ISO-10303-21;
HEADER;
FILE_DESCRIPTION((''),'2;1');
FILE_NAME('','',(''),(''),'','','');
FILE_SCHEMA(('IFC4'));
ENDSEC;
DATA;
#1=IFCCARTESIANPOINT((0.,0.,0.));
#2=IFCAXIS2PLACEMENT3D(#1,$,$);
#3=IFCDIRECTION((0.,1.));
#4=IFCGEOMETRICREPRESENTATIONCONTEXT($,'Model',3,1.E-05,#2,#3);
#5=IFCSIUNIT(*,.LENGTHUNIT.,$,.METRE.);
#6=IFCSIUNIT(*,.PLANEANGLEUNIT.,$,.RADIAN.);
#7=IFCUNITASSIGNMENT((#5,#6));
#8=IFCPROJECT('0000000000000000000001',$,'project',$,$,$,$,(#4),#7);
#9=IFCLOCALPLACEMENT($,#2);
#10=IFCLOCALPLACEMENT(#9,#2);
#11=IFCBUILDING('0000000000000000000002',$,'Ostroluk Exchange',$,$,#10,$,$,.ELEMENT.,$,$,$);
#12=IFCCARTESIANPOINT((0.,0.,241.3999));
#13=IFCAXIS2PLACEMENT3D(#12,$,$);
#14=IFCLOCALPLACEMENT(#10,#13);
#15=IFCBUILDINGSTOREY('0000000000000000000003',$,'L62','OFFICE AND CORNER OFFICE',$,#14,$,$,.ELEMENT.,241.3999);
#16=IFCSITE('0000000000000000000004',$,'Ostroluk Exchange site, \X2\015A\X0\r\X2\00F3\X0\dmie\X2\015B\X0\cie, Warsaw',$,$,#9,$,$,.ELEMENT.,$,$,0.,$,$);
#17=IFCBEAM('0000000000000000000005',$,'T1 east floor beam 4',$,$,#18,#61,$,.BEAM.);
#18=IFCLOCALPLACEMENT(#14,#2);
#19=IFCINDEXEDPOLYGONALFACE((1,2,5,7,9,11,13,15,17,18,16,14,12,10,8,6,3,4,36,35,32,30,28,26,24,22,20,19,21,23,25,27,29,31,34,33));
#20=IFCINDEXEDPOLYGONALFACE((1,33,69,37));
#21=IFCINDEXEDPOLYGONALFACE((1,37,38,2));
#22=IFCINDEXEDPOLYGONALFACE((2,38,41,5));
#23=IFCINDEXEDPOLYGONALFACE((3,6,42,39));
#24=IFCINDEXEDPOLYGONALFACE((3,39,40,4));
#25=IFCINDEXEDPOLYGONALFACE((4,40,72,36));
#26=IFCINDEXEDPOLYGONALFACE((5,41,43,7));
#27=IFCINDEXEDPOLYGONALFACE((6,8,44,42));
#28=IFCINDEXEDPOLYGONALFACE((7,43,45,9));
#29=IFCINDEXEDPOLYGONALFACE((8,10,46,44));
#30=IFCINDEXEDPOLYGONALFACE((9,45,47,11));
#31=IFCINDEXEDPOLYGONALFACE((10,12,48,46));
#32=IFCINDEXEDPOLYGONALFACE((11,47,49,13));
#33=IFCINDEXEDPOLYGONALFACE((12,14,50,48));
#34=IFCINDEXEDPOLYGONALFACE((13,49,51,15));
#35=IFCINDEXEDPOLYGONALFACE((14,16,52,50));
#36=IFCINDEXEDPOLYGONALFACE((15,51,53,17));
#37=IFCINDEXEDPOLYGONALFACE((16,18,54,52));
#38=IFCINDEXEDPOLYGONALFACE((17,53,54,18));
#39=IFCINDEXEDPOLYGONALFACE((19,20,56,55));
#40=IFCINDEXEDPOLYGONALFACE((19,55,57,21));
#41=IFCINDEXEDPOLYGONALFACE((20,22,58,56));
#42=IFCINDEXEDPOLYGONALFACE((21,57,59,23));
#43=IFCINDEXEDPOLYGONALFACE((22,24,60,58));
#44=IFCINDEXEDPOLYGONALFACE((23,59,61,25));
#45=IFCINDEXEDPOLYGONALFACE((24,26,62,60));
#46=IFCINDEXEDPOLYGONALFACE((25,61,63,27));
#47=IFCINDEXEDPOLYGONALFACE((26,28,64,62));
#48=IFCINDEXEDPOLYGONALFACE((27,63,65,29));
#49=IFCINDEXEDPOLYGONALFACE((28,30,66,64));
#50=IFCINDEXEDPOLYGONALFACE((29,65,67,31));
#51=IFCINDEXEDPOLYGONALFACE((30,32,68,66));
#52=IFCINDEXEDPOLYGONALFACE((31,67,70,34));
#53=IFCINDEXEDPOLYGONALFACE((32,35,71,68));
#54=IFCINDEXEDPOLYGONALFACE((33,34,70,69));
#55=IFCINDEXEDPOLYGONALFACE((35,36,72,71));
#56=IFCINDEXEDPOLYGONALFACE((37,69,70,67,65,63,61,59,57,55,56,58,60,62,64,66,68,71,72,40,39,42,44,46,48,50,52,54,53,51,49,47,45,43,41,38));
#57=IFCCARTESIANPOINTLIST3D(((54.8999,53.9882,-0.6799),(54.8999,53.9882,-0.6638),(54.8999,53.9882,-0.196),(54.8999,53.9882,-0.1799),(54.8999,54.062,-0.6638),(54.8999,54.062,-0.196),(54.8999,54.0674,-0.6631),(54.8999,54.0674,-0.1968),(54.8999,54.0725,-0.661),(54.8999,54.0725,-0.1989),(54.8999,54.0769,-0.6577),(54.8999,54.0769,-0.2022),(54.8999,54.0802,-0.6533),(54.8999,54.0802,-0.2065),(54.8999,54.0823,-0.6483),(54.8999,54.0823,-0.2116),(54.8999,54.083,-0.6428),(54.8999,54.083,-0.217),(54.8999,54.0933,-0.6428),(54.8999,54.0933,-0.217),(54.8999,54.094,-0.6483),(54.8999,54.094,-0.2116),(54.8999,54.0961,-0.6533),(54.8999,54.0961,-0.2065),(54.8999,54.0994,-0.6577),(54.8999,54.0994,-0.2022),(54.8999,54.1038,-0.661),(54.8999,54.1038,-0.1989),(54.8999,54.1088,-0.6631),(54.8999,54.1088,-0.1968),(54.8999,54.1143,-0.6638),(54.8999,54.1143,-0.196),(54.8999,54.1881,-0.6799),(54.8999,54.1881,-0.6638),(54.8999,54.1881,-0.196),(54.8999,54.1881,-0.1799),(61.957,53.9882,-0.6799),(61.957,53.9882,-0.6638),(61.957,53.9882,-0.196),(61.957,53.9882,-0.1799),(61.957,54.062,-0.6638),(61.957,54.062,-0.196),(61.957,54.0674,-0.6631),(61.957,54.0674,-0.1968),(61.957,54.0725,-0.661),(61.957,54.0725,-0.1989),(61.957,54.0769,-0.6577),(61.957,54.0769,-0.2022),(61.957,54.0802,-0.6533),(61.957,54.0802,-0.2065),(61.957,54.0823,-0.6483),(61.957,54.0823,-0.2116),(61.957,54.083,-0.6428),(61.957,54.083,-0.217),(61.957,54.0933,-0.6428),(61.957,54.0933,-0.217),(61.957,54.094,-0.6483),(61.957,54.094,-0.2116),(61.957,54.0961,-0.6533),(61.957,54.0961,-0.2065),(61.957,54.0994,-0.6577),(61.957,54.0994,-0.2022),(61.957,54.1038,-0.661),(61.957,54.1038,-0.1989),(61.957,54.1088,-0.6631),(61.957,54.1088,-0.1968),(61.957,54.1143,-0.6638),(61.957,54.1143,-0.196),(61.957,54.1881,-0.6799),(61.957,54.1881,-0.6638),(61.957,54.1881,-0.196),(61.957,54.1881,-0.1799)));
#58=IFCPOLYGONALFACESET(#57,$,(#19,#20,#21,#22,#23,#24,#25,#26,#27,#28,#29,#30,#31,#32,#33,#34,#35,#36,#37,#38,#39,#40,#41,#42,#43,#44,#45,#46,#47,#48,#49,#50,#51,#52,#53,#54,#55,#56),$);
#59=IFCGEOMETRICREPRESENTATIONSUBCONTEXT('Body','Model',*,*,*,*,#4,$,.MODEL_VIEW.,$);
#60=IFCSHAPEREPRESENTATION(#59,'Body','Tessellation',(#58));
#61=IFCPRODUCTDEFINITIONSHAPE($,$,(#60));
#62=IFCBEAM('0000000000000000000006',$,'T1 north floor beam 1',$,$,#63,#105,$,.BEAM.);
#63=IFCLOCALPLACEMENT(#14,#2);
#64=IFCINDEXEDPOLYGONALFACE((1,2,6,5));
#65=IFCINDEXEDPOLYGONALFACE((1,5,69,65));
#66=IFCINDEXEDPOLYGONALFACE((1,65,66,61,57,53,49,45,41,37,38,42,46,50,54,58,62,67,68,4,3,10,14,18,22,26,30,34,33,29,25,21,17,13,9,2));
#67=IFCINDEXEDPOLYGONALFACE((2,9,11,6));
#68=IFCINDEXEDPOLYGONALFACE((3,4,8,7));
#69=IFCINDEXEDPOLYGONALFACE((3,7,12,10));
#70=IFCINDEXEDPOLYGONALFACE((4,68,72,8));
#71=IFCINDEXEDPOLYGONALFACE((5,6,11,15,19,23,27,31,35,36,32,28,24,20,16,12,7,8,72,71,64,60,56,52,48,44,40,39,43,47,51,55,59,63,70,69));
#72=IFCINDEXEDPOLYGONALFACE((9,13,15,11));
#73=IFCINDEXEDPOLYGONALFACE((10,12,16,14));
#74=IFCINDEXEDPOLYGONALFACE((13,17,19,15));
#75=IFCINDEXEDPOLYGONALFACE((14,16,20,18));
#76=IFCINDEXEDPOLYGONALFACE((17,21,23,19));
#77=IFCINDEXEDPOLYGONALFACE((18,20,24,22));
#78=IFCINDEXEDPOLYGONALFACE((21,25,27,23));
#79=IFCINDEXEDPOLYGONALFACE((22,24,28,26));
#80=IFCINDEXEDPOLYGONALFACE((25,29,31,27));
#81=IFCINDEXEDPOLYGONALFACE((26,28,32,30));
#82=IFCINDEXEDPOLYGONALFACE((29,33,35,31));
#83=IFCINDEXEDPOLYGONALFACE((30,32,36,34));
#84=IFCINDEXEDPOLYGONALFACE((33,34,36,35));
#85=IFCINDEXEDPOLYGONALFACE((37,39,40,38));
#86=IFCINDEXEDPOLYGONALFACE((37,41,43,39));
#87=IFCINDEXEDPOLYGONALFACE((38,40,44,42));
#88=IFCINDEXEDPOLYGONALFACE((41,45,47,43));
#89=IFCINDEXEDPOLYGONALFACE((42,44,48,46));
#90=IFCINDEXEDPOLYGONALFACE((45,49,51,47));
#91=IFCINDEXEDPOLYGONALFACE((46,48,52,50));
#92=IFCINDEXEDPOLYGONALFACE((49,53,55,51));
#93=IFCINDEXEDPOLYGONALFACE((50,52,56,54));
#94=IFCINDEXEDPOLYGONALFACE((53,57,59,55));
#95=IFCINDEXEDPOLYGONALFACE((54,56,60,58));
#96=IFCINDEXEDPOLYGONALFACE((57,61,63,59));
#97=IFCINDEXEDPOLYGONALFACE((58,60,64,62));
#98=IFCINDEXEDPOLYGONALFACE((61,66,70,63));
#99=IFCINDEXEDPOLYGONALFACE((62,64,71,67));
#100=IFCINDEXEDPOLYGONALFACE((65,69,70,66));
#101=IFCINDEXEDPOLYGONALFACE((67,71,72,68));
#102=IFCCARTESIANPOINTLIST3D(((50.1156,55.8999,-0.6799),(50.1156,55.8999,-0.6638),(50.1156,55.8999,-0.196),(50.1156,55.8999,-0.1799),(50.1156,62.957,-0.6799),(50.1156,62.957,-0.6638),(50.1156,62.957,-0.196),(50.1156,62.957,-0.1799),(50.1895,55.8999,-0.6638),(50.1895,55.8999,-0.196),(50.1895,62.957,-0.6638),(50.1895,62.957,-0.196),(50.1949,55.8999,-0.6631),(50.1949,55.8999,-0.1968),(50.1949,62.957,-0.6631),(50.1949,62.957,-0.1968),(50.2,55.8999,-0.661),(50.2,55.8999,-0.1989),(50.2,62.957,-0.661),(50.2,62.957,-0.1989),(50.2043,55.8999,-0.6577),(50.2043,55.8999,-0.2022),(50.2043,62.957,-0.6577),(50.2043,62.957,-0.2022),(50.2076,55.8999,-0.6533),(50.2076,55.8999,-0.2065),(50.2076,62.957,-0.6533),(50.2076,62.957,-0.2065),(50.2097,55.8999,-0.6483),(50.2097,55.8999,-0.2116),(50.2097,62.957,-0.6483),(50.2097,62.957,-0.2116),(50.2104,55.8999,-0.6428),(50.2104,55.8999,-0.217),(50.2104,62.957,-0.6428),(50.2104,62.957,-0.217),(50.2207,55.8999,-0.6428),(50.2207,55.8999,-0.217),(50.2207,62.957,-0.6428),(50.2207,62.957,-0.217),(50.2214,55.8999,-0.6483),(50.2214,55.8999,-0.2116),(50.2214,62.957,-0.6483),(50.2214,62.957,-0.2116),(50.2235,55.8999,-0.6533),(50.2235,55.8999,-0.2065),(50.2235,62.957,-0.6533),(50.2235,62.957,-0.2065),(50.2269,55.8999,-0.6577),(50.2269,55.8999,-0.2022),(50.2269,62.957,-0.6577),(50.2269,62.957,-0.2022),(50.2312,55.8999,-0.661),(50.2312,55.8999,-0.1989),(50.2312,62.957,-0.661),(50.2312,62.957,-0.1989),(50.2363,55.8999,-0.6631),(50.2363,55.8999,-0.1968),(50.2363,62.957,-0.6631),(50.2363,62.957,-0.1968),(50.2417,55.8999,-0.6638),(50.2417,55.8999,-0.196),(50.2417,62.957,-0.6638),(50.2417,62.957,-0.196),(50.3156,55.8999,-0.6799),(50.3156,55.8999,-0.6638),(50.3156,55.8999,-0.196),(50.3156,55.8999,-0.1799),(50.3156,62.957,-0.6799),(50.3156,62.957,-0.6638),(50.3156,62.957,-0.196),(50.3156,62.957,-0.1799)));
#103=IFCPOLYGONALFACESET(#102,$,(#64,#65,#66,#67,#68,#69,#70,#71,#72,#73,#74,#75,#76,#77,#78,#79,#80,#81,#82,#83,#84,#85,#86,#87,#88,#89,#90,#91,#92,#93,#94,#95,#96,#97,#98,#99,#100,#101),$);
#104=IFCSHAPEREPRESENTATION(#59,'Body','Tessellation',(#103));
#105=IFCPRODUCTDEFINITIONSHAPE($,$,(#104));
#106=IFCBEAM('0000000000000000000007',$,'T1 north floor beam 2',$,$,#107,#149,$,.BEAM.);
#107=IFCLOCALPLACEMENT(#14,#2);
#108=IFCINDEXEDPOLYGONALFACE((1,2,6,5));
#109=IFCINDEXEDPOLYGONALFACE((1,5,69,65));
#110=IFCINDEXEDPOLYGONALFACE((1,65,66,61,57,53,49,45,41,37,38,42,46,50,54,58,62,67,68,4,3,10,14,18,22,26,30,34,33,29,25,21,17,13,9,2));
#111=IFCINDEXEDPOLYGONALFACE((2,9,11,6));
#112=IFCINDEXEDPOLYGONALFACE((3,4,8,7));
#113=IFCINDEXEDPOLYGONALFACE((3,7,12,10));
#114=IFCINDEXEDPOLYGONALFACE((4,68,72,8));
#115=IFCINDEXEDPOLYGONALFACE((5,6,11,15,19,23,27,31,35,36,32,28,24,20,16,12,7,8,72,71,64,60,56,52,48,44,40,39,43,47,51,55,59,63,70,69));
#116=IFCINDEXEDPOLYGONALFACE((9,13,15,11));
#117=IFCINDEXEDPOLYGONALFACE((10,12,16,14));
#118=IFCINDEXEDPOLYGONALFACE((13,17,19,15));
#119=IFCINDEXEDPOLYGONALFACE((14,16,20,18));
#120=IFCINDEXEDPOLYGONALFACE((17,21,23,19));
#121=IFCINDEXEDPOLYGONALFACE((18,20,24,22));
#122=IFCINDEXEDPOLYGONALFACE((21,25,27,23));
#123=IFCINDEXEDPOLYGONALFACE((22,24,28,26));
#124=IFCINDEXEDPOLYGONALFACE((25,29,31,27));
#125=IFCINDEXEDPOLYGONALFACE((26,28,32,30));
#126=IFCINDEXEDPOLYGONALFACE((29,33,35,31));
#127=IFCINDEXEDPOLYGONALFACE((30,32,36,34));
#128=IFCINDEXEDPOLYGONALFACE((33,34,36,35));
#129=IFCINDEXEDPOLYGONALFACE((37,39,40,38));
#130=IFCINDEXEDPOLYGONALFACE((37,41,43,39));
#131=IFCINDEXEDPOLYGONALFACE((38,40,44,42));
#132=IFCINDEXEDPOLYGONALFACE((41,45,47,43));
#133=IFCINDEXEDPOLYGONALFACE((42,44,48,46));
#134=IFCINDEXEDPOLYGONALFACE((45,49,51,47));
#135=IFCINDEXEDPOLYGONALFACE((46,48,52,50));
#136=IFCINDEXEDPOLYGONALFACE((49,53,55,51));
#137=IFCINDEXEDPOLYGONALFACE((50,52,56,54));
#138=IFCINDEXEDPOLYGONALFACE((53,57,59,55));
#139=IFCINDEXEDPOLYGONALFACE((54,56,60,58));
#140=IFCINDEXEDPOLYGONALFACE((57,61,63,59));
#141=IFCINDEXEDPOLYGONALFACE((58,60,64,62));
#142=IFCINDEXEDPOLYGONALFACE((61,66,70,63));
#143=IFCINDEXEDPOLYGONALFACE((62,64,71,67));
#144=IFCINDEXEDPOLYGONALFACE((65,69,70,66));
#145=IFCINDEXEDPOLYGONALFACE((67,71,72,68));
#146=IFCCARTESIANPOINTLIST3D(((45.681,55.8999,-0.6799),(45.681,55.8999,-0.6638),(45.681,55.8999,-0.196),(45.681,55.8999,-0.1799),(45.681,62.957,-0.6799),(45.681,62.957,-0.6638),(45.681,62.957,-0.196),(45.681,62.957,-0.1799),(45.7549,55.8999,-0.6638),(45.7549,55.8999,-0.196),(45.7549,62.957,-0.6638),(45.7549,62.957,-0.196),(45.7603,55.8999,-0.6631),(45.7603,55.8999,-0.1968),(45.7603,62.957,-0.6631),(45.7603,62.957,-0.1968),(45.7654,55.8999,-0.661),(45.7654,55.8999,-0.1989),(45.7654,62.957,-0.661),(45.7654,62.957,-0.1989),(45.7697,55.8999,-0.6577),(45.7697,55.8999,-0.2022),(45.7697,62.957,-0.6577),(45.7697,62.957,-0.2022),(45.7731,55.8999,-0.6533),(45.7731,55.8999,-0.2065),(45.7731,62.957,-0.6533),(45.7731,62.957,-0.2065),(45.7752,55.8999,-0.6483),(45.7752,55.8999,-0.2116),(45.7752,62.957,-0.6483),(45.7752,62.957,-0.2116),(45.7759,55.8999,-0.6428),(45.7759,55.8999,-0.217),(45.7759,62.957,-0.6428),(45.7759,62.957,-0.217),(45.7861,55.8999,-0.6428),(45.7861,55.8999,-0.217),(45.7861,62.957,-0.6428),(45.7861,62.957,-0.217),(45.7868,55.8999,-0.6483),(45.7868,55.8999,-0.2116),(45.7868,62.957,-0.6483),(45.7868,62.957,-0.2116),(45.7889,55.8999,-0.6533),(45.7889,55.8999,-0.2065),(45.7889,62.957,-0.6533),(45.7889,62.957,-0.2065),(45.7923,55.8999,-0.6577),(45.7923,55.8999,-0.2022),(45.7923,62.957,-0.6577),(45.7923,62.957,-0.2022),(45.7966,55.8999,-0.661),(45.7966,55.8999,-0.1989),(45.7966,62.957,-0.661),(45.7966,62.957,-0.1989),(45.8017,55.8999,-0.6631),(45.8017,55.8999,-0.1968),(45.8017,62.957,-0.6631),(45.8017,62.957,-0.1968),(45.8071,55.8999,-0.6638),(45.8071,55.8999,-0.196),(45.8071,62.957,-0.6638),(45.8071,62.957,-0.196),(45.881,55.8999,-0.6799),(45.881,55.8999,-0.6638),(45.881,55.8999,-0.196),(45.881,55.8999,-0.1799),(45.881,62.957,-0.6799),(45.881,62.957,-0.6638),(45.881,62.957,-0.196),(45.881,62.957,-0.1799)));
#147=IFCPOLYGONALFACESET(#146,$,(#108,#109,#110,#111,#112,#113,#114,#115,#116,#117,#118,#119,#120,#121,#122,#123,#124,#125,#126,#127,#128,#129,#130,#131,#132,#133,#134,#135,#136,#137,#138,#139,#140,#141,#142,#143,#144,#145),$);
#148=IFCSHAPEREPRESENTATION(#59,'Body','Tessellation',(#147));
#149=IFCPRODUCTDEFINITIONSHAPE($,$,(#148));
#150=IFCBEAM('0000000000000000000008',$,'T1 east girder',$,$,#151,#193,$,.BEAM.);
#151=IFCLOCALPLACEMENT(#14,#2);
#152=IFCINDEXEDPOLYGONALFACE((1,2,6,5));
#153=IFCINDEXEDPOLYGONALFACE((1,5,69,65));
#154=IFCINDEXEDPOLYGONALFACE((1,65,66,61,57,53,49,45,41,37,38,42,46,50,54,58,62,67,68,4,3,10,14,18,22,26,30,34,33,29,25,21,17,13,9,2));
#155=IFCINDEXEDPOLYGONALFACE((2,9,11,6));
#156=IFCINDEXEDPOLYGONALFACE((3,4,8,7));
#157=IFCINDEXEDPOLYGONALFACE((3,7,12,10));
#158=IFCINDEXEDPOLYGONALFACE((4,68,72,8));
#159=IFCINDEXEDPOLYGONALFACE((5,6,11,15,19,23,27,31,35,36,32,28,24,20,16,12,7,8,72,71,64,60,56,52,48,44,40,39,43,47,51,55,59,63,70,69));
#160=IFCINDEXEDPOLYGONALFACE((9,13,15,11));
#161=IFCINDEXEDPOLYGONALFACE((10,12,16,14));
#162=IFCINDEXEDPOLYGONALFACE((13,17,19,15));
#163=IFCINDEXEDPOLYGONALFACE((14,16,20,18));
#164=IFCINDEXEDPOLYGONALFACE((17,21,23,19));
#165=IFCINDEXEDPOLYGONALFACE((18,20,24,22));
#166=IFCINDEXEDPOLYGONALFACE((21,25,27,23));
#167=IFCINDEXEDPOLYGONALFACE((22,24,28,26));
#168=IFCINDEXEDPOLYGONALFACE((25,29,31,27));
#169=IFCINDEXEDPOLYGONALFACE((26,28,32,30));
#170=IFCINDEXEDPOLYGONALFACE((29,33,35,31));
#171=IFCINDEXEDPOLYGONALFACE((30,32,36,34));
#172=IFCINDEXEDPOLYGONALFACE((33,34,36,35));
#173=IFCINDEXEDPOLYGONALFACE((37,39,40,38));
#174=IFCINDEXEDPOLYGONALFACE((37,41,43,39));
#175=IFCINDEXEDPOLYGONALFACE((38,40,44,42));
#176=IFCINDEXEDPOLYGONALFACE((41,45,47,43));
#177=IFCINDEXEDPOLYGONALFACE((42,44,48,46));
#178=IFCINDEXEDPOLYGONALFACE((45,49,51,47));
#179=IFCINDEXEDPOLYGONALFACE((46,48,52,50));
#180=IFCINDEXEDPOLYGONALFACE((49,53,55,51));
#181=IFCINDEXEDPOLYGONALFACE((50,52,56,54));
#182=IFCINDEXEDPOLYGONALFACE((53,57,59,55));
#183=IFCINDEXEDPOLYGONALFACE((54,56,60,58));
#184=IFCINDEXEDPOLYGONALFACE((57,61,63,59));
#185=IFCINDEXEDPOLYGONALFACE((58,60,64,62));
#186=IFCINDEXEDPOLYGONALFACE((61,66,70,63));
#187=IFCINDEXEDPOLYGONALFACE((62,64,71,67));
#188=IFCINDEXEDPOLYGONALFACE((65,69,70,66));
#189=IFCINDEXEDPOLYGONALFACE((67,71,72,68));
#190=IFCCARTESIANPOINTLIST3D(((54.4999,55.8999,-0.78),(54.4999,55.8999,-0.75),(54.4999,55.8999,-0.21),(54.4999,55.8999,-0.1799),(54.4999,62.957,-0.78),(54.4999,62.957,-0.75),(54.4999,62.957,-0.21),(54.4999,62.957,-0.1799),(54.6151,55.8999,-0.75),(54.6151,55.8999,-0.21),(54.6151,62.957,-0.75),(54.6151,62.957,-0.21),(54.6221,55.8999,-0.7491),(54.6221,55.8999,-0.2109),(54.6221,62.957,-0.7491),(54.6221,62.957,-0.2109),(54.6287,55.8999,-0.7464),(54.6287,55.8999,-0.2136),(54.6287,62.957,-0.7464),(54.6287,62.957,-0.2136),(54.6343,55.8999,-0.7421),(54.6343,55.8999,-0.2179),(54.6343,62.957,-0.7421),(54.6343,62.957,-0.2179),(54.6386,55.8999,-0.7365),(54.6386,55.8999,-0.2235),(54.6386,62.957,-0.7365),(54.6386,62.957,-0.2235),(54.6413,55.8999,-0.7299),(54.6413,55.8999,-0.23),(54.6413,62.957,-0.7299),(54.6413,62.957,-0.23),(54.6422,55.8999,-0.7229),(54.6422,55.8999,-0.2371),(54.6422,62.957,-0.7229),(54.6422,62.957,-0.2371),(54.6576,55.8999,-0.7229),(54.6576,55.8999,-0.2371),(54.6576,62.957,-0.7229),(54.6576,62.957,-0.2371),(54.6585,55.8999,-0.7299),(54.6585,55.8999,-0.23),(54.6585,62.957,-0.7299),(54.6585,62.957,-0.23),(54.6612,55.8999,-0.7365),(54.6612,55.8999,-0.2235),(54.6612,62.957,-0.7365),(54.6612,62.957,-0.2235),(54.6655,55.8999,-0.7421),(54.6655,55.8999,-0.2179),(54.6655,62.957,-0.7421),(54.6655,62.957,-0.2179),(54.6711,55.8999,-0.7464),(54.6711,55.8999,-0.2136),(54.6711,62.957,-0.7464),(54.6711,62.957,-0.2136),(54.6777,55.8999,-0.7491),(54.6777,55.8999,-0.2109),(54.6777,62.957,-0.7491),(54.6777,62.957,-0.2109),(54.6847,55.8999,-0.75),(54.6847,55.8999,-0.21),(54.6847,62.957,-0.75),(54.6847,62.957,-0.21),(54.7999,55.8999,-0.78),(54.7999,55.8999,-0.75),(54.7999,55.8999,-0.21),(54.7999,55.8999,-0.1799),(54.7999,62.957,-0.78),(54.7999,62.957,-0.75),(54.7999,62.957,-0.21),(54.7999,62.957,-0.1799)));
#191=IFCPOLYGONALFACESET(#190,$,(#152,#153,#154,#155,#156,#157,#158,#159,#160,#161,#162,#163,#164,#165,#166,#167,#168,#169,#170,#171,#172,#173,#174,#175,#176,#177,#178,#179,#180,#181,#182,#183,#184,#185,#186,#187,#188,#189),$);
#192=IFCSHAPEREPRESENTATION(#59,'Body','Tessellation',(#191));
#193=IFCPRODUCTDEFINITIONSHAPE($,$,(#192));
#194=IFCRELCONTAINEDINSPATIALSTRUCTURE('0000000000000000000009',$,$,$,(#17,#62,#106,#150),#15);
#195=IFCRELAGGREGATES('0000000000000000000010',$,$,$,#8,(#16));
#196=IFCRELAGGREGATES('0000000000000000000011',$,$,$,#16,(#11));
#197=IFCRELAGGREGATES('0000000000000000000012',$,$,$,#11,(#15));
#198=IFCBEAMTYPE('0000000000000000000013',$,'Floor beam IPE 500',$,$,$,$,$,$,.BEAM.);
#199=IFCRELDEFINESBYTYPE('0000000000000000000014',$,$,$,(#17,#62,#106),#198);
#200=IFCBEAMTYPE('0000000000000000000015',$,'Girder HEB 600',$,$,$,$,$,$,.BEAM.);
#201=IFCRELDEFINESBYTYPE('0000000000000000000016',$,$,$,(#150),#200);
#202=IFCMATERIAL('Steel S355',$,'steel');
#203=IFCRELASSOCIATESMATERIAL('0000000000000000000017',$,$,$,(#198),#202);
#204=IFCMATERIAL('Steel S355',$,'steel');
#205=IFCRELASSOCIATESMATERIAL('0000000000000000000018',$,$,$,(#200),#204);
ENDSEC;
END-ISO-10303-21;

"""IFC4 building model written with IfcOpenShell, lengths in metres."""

from ifc_helpers import new_model, si_unit, direction, frame, origin, origin_2d, place, context, subcontext, project, spatial, i_section, extrude, material, material_profile, profile_set, type_object, element, save


model = new_model("IFC4")

# Units and contexts
model_context = context("Model", 3, precision=1e-05, world=origin(), true_north=direction((0.0, 1.0)))
body_context = subcontext(model_context, "Body", "Model", "MODEL_VIEW")
ifc_project = project(units=[si_unit("LENGTHUNIT", "METRE"), si_unit("PLANEANGLEUNIT", "RADIAN")], contexts=[model_context])

# Site, building, storey
site_placement = place(None, origin())
site = spatial("IfcSite", under=ifc_project, at=site_placement, Name="Ostroluk Exchange site, Śródmieście, Warsaw", CompositionType="ELEMENT", RefElevation=0.0)
building_placement = place(site_placement, origin())
building = spatial("IfcBuilding", under=site, at=building_placement, Name="Ostroluk Exchange", CompositionType="ELEMENT")
storey_placement = place(building_placement, frame((0.0, 0.0, 241.3999)))
storey = spatial("IfcBuildingStorey", under=building, at=storey_placement, Name="L62", Description="OFFICE AND CORNER OFFICE", CompositionType="ELEMENT", Elevation=241.3999)

# Beams
ifc_material_1 = material(Name="Steel S355", Category="steel")
ifc_material_profile_1 = material_profile(ifc_material_1, i_section(OverallWidth=0.2, OverallDepth=0.5, WebThickness=0.0103, FlangeThickness=0.0161, FilletRadius=0.021, at=origin_2d()), Name="IPE 500")
ifc_profile_set_1 = profile_set([ifc_material_profile_1], Name="Steel S355")
beam_type_1 = type_object("IfcBeamType", Name="Floor beam IPE 500", PredefinedType="BEAM", material=ifc_profile_set_1)
for number, where, z_axis, x_axis, name in (
    (1, (54.8999, 54.0881, -0.4299), (1.0, 0.0, 0.0), (0.0, 1.0, 0.0), "T1 east floor beam 4"),
    (2, (50.2156, 55.8999, -0.4299), (0.0, 1.0, 0.0), (-1.0, 0.0, 0.0), "T1 north floor beam 1"),
    (3, (45.781, 55.8999, -0.4299), (0.0, 1.0, 0.0), (-1.0, 0.0, 0.0), "T1 north floor beam 2"),
):
    element("IfcBeam", number, at=place(storey_placement, frame(where, z_axis=z_axis, x_axis=x_axis)), inside=storey, type_object=beam_type_1, Name=name, PredefinedType="BEAM", context=body_context, shape_type="SweptSolid", body=[
        extrude(i_section(OverallWidth=0.2, OverallDepth=0.5, WebThickness=0.0103, FlangeThickness=0.0161, FilletRadius=0.021, at=origin_2d()), origin(), (0.0, 0.0, 1.0), 7.0571),
    ])
ifc_material_2 = material(Name="Steel S355", Category="steel")
ifc_material_profile_2 = material_profile(ifc_material_2, i_section(OverallWidth=0.3, OverallDepth=0.6001, WebThickness=0.0154, FlangeThickness=0.03, FilletRadius=0.0271, at=origin_2d()), Name="HEB 600")
ifc_profile_set_2 = profile_set([ifc_material_profile_2], Name="Steel S355")
beam_type_2 = type_object("IfcBeamType", Name="Girder HEB 600", PredefinedType="BEAM", material=ifc_profile_set_2)
beam_1_placement = place(storey_placement, frame((54.6499, 55.8999, -0.48), z_axis=(0.0, 1.0, 0.0), x_axis=(-1.0, 0.0, 0.0)))
element("IfcBeam", 4, at=beam_1_placement, inside=storey, type_object=beam_type_2, Name="T1 east girder", PredefinedType="BEAM", context=body_context, shape_type="SweptSolid", body=[
    extrude(i_section(OverallWidth=0.3, OverallDepth=0.6001, WebThickness=0.0154, FlangeThickness=0.03, FilletRadius=0.0271, at=origin_2d()), origin(), (0.0, 0.0, 1.0), 7.0571),
])

save(model, "model.ifc")
